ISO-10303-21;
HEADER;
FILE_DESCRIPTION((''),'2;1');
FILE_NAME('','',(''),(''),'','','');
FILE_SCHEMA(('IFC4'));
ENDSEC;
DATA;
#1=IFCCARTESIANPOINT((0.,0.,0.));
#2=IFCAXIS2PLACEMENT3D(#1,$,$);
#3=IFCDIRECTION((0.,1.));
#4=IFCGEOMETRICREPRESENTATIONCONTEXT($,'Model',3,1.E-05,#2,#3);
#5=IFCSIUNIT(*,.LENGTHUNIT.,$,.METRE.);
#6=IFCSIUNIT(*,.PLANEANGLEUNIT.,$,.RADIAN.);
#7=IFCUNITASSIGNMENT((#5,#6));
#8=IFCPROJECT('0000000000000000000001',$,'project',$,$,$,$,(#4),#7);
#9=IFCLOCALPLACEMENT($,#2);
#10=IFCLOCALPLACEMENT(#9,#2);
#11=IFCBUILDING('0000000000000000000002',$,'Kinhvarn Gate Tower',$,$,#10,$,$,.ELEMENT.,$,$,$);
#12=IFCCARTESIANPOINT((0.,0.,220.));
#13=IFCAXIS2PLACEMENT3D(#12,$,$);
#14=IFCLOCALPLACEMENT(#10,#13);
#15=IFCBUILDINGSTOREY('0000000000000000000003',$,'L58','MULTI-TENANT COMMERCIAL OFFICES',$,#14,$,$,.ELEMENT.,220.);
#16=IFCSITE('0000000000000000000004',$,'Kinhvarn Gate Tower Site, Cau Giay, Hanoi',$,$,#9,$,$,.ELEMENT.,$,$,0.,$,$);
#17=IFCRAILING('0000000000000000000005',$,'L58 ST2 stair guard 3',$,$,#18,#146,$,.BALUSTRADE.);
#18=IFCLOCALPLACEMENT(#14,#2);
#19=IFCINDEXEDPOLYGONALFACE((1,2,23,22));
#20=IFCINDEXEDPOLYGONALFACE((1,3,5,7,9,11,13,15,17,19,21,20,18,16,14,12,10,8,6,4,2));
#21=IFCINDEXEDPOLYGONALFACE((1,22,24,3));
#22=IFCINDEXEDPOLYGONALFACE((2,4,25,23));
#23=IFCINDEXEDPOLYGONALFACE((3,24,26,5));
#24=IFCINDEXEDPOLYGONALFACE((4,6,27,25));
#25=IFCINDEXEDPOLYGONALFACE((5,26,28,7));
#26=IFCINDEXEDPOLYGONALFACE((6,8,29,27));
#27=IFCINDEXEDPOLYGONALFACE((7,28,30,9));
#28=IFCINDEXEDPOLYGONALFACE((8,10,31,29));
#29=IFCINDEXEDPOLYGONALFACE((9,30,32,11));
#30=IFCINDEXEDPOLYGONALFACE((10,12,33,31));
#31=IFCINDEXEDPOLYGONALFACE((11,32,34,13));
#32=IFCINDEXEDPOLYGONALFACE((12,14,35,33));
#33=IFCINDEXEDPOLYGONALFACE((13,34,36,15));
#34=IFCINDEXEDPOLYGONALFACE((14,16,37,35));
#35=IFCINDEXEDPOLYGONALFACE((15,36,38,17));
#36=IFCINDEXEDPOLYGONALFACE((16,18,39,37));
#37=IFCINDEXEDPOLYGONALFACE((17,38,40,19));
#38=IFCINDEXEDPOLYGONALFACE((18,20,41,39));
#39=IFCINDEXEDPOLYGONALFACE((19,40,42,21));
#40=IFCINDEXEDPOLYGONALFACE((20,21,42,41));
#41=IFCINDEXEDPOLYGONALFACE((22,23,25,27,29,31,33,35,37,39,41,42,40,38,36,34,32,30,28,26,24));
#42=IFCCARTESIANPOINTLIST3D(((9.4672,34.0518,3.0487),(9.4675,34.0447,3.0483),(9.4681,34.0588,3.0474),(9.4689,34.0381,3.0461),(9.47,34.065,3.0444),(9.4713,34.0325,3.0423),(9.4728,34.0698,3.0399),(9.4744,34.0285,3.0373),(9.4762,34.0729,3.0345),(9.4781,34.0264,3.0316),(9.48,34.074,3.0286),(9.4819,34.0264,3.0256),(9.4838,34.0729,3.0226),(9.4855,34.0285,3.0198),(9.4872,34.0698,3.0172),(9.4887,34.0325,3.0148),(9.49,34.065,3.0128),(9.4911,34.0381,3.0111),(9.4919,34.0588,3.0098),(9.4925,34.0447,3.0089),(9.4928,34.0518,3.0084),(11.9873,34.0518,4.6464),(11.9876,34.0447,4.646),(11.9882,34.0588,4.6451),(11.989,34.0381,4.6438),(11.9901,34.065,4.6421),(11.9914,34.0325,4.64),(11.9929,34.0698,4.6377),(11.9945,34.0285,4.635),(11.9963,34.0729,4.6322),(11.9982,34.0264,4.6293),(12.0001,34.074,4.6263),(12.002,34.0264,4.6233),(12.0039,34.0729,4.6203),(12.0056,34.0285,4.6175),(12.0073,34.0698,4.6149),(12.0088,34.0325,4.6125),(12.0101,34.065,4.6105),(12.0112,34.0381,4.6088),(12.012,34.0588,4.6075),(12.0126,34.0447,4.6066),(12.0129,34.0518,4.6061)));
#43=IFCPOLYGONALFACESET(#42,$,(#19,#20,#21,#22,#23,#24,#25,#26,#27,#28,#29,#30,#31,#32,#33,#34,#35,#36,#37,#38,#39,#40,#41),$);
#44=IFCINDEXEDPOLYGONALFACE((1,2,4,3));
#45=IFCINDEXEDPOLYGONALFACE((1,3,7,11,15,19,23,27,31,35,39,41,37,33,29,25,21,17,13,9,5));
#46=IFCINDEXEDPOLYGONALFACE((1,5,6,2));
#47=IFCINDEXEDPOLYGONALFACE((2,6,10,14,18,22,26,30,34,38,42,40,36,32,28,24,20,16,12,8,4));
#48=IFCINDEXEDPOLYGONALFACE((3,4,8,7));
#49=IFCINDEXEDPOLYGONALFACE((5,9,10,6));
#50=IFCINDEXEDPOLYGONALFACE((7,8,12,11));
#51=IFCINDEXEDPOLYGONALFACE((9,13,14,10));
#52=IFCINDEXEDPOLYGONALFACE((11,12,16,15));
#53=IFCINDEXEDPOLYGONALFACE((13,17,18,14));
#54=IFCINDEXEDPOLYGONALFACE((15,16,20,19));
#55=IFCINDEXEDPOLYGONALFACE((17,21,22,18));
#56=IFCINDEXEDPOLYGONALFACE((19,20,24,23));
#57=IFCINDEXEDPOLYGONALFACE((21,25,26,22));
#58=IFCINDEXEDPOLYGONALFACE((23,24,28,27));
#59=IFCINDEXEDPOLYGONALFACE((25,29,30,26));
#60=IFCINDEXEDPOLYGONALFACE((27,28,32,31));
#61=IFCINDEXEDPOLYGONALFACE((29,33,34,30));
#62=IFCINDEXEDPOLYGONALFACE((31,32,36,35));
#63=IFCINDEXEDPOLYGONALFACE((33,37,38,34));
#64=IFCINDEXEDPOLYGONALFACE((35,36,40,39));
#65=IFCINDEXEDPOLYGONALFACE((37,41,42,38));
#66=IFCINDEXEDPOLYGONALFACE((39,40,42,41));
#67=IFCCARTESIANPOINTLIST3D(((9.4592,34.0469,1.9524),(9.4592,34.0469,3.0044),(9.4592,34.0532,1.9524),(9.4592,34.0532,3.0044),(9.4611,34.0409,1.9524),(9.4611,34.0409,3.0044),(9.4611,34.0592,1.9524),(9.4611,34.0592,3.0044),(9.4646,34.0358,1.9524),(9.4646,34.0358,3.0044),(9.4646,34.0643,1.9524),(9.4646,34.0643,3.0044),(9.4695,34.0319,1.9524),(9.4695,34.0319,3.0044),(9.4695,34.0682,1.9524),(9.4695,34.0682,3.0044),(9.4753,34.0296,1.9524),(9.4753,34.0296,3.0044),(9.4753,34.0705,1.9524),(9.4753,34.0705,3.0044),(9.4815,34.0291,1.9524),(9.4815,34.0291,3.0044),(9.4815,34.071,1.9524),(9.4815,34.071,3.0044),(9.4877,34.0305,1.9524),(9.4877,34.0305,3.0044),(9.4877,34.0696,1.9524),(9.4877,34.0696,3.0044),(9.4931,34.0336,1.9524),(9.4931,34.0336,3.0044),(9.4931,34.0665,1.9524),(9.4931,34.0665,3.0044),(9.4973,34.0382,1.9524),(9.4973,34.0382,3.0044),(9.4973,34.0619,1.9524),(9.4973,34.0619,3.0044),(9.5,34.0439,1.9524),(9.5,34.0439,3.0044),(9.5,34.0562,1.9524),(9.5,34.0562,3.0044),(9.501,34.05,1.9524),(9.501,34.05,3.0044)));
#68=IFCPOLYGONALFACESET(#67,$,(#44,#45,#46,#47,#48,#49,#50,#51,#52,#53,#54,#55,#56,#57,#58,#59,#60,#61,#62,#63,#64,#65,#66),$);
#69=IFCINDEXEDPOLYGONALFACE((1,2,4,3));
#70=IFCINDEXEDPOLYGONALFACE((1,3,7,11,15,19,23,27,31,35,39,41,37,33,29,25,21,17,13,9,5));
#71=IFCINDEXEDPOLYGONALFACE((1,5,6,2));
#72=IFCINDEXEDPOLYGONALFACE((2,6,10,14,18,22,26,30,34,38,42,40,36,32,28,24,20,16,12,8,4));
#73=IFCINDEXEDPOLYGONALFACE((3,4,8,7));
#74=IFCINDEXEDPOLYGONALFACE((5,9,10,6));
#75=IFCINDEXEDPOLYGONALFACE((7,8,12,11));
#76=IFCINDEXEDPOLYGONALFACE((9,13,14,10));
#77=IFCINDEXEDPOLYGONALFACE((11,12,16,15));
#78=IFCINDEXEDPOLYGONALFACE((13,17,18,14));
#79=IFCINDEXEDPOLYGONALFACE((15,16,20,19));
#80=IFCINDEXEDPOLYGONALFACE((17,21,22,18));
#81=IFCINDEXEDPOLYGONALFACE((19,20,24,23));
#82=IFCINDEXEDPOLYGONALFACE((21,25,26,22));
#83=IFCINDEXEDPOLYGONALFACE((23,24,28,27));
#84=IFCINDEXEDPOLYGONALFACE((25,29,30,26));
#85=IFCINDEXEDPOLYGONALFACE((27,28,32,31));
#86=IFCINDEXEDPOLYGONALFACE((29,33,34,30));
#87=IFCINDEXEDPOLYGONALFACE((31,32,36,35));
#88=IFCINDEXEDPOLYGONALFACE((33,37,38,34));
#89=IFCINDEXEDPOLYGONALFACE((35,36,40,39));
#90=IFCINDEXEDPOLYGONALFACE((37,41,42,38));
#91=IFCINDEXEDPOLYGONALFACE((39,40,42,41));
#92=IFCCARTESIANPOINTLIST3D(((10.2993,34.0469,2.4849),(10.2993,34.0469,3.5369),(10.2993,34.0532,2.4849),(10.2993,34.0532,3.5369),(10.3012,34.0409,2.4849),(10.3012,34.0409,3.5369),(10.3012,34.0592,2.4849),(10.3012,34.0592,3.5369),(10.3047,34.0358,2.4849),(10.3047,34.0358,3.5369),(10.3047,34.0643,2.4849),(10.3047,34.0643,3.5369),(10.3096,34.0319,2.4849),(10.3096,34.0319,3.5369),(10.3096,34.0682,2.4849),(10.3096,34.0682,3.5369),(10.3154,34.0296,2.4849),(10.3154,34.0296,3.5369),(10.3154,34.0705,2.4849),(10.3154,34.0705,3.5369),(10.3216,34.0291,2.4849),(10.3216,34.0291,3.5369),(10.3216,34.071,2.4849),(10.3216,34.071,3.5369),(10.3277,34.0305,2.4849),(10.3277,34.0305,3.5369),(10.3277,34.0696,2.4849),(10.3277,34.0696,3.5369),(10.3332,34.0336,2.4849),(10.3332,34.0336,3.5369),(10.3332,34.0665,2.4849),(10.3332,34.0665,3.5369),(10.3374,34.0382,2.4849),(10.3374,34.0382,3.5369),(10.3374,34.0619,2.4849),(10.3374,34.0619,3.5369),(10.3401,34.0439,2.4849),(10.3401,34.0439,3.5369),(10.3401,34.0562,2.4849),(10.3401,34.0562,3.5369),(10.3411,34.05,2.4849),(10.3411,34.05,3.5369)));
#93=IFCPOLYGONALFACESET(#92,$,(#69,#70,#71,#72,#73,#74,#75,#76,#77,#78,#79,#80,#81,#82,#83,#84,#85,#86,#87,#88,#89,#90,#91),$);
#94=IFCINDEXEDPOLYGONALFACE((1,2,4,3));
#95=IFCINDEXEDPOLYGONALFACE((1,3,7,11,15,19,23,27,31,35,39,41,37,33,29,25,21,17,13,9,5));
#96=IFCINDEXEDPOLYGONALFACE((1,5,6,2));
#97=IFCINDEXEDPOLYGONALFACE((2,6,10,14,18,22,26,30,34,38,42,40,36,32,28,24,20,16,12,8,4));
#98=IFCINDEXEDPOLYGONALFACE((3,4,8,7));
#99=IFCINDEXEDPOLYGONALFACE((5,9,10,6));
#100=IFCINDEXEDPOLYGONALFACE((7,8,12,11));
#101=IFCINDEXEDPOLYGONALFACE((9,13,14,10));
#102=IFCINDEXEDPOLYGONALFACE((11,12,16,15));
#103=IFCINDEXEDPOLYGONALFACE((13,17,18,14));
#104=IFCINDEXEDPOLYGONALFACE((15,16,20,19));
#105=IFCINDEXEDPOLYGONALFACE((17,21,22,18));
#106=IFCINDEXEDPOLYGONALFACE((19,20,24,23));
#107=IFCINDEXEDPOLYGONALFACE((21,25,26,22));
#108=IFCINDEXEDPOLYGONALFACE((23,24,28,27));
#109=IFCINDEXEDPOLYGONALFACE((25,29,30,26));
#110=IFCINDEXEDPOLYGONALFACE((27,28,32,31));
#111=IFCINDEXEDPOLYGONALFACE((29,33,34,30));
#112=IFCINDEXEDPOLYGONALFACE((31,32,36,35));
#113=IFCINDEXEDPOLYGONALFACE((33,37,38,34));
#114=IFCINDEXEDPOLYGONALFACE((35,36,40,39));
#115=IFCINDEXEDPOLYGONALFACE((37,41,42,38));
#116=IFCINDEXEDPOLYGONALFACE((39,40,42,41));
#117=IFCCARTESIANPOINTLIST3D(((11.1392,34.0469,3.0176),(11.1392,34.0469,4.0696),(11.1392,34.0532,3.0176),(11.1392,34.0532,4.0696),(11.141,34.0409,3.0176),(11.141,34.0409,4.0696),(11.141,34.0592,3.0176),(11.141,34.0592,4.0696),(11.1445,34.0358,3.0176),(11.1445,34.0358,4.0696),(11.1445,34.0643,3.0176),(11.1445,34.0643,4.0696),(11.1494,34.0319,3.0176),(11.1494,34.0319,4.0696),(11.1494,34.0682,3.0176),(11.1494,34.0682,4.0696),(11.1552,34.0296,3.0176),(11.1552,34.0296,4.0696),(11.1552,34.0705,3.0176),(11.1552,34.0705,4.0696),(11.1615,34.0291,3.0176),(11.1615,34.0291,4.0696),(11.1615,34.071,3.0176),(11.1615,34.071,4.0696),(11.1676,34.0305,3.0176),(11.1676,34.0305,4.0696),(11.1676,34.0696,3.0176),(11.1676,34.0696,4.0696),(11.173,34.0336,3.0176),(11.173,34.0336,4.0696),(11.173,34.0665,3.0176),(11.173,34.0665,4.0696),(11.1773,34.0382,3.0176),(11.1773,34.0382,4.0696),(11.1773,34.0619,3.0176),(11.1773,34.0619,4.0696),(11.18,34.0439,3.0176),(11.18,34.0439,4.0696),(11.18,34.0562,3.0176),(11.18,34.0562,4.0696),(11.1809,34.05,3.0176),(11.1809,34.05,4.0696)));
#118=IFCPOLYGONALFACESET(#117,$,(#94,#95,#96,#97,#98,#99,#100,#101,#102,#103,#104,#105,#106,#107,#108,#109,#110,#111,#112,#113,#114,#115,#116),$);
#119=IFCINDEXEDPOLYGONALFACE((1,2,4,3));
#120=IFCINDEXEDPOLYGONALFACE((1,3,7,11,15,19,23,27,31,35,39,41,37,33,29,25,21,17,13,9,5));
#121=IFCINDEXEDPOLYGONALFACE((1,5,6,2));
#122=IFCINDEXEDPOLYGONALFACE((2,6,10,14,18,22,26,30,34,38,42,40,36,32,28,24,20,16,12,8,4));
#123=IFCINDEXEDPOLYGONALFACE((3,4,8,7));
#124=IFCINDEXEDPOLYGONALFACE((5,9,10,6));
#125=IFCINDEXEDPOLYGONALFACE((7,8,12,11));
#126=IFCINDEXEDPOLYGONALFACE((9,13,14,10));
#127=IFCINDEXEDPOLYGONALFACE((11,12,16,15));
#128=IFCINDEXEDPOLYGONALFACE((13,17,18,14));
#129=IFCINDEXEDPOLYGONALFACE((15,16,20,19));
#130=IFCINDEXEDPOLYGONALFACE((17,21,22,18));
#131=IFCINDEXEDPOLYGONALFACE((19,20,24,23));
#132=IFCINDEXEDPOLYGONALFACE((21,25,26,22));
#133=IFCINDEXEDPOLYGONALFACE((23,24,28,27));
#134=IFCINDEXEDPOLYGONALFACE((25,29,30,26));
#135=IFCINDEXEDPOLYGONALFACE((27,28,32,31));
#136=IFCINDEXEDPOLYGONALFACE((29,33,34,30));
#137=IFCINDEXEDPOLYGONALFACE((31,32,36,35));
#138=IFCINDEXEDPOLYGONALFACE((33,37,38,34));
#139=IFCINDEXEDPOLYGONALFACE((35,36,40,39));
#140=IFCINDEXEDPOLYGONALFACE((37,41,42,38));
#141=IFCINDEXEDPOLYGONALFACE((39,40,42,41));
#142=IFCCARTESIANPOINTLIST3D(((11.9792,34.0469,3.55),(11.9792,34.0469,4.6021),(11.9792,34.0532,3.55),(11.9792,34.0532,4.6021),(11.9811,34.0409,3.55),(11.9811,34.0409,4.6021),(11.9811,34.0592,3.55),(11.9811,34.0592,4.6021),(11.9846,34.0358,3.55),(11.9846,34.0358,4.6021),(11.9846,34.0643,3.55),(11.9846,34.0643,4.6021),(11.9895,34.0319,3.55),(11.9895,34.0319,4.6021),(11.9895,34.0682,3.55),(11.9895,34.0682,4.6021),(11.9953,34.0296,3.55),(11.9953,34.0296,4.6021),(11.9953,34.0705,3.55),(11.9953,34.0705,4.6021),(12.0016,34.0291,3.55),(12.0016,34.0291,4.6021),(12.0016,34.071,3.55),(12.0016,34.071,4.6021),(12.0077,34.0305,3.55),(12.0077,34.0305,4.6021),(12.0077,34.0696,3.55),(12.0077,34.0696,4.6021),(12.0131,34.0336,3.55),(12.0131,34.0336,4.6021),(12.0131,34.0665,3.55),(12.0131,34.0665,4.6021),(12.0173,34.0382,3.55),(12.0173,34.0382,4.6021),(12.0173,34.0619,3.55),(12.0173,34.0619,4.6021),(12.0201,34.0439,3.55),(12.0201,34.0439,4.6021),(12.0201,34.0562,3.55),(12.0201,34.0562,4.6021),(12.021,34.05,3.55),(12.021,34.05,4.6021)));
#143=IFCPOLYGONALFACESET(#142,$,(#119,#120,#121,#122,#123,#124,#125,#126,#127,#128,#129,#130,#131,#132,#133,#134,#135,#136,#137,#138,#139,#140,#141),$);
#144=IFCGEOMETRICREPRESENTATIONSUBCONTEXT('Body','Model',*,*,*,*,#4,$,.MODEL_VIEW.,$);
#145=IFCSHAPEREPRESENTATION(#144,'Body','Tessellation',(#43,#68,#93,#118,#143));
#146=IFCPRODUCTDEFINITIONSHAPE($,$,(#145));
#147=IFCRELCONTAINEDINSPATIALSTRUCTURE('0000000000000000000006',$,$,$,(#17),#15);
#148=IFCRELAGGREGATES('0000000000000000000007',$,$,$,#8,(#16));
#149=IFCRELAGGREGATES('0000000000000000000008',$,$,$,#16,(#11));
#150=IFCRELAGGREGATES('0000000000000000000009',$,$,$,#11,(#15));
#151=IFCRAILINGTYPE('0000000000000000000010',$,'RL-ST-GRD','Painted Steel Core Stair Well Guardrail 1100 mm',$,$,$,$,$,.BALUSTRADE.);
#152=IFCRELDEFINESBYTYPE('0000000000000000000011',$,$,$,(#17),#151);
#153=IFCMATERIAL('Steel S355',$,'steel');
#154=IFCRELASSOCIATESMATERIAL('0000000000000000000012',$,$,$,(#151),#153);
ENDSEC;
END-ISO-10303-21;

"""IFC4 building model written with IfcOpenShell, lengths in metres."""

from ifc_helpers import new_model, si_unit, direction, frame, origin, origin_2d, place, context, subcontext, project, spatial, circle, extrude, material, type_object, element, save


model = new_model("IFC4")

# Units and contexts
model_context = context("Model", 3, precision=1e-05, world=origin(), true_north=direction((0.0, 1.0)))
body_context = subcontext(model_context, "Body", "Model", "MODEL_VIEW")
ifc_project = project(units=[si_unit("LENGTHUNIT", "METRE"), si_unit("PLANEANGLEUNIT", "RADIAN")], contexts=[model_context])

# Site, building, storey
site_placement = place(None, origin())
site = spatial("IfcSite", under=ifc_project, at=site_placement, Name="Kinhvarn Gate Tower Site, Cau Giay, Hanoi", CompositionType="ELEMENT", RefElevation=0.0)
building_placement = place(site_placement, origin())
building = spatial("IfcBuilding", under=site, at=building_placement, Name="Kinhvarn Gate Tower", CompositionType="ELEMENT")
storey_placement = place(building_placement, frame((0.0, 0.0, 220.0)))
storey = spatial("IfcBuildingStorey", under=building, at=storey_placement, Name="L58", Description="MULTI-TENANT COMMERCIAL OFFICES", CompositionType="ELEMENT", Elevation=220.0)

# Railing
ifc_material_1 = material(Name="Steel S355", Category="steel")
railing_type_1 = type_object("IfcRailingType", Name="RL-ST-GRD", Description="Painted Steel Core Stair Well Guardrail 1100 mm", PredefinedType="BALUSTRADE", material=ifc_material_1)
railing_1_placement = place(storey_placement, frame((9.48, 34.05, 1.9524)))
element("IfcRailing", 1, at=railing_1_placement, inside=storey, type_object=railing_type_1, Name="L58 ST2 stair guard 3", PredefinedType="BALUSTRADE", context=body_context, shape_type="SweptSolid", body=[
    extrude(circle(Radius=0.0239, at=origin_2d()), frame((0.0, 0.0, 1.0762), z_axis=(0.84457, 0.0, 0.535445), x_axis=(0.0, 1.0, 0.0)), (0.0, 0.0, 1.0), 2.9839),
    extrude(circle(Radius=0.021, at=origin_2d()), origin(), (0.0, 0.0, 1.0), 1.052),
    extrude(circle(Radius=0.021, at=origin_2d()), frame((0.8401, 0.0, 0.5325)), (0.0, 0.0, 1.0), 1.052),
    extrude(circle(Radius=0.021, at=origin_2d()), frame((1.6799, 0.0, 1.0652)), (0.0, 0.0, 1.0), 1.052),
    extrude(circle(Radius=0.021, at=origin_2d()), frame((2.52, 0.0, 1.5977)), (0.0, 0.0, 1.0), 1.052),
])

save(model, "model.ifc")
